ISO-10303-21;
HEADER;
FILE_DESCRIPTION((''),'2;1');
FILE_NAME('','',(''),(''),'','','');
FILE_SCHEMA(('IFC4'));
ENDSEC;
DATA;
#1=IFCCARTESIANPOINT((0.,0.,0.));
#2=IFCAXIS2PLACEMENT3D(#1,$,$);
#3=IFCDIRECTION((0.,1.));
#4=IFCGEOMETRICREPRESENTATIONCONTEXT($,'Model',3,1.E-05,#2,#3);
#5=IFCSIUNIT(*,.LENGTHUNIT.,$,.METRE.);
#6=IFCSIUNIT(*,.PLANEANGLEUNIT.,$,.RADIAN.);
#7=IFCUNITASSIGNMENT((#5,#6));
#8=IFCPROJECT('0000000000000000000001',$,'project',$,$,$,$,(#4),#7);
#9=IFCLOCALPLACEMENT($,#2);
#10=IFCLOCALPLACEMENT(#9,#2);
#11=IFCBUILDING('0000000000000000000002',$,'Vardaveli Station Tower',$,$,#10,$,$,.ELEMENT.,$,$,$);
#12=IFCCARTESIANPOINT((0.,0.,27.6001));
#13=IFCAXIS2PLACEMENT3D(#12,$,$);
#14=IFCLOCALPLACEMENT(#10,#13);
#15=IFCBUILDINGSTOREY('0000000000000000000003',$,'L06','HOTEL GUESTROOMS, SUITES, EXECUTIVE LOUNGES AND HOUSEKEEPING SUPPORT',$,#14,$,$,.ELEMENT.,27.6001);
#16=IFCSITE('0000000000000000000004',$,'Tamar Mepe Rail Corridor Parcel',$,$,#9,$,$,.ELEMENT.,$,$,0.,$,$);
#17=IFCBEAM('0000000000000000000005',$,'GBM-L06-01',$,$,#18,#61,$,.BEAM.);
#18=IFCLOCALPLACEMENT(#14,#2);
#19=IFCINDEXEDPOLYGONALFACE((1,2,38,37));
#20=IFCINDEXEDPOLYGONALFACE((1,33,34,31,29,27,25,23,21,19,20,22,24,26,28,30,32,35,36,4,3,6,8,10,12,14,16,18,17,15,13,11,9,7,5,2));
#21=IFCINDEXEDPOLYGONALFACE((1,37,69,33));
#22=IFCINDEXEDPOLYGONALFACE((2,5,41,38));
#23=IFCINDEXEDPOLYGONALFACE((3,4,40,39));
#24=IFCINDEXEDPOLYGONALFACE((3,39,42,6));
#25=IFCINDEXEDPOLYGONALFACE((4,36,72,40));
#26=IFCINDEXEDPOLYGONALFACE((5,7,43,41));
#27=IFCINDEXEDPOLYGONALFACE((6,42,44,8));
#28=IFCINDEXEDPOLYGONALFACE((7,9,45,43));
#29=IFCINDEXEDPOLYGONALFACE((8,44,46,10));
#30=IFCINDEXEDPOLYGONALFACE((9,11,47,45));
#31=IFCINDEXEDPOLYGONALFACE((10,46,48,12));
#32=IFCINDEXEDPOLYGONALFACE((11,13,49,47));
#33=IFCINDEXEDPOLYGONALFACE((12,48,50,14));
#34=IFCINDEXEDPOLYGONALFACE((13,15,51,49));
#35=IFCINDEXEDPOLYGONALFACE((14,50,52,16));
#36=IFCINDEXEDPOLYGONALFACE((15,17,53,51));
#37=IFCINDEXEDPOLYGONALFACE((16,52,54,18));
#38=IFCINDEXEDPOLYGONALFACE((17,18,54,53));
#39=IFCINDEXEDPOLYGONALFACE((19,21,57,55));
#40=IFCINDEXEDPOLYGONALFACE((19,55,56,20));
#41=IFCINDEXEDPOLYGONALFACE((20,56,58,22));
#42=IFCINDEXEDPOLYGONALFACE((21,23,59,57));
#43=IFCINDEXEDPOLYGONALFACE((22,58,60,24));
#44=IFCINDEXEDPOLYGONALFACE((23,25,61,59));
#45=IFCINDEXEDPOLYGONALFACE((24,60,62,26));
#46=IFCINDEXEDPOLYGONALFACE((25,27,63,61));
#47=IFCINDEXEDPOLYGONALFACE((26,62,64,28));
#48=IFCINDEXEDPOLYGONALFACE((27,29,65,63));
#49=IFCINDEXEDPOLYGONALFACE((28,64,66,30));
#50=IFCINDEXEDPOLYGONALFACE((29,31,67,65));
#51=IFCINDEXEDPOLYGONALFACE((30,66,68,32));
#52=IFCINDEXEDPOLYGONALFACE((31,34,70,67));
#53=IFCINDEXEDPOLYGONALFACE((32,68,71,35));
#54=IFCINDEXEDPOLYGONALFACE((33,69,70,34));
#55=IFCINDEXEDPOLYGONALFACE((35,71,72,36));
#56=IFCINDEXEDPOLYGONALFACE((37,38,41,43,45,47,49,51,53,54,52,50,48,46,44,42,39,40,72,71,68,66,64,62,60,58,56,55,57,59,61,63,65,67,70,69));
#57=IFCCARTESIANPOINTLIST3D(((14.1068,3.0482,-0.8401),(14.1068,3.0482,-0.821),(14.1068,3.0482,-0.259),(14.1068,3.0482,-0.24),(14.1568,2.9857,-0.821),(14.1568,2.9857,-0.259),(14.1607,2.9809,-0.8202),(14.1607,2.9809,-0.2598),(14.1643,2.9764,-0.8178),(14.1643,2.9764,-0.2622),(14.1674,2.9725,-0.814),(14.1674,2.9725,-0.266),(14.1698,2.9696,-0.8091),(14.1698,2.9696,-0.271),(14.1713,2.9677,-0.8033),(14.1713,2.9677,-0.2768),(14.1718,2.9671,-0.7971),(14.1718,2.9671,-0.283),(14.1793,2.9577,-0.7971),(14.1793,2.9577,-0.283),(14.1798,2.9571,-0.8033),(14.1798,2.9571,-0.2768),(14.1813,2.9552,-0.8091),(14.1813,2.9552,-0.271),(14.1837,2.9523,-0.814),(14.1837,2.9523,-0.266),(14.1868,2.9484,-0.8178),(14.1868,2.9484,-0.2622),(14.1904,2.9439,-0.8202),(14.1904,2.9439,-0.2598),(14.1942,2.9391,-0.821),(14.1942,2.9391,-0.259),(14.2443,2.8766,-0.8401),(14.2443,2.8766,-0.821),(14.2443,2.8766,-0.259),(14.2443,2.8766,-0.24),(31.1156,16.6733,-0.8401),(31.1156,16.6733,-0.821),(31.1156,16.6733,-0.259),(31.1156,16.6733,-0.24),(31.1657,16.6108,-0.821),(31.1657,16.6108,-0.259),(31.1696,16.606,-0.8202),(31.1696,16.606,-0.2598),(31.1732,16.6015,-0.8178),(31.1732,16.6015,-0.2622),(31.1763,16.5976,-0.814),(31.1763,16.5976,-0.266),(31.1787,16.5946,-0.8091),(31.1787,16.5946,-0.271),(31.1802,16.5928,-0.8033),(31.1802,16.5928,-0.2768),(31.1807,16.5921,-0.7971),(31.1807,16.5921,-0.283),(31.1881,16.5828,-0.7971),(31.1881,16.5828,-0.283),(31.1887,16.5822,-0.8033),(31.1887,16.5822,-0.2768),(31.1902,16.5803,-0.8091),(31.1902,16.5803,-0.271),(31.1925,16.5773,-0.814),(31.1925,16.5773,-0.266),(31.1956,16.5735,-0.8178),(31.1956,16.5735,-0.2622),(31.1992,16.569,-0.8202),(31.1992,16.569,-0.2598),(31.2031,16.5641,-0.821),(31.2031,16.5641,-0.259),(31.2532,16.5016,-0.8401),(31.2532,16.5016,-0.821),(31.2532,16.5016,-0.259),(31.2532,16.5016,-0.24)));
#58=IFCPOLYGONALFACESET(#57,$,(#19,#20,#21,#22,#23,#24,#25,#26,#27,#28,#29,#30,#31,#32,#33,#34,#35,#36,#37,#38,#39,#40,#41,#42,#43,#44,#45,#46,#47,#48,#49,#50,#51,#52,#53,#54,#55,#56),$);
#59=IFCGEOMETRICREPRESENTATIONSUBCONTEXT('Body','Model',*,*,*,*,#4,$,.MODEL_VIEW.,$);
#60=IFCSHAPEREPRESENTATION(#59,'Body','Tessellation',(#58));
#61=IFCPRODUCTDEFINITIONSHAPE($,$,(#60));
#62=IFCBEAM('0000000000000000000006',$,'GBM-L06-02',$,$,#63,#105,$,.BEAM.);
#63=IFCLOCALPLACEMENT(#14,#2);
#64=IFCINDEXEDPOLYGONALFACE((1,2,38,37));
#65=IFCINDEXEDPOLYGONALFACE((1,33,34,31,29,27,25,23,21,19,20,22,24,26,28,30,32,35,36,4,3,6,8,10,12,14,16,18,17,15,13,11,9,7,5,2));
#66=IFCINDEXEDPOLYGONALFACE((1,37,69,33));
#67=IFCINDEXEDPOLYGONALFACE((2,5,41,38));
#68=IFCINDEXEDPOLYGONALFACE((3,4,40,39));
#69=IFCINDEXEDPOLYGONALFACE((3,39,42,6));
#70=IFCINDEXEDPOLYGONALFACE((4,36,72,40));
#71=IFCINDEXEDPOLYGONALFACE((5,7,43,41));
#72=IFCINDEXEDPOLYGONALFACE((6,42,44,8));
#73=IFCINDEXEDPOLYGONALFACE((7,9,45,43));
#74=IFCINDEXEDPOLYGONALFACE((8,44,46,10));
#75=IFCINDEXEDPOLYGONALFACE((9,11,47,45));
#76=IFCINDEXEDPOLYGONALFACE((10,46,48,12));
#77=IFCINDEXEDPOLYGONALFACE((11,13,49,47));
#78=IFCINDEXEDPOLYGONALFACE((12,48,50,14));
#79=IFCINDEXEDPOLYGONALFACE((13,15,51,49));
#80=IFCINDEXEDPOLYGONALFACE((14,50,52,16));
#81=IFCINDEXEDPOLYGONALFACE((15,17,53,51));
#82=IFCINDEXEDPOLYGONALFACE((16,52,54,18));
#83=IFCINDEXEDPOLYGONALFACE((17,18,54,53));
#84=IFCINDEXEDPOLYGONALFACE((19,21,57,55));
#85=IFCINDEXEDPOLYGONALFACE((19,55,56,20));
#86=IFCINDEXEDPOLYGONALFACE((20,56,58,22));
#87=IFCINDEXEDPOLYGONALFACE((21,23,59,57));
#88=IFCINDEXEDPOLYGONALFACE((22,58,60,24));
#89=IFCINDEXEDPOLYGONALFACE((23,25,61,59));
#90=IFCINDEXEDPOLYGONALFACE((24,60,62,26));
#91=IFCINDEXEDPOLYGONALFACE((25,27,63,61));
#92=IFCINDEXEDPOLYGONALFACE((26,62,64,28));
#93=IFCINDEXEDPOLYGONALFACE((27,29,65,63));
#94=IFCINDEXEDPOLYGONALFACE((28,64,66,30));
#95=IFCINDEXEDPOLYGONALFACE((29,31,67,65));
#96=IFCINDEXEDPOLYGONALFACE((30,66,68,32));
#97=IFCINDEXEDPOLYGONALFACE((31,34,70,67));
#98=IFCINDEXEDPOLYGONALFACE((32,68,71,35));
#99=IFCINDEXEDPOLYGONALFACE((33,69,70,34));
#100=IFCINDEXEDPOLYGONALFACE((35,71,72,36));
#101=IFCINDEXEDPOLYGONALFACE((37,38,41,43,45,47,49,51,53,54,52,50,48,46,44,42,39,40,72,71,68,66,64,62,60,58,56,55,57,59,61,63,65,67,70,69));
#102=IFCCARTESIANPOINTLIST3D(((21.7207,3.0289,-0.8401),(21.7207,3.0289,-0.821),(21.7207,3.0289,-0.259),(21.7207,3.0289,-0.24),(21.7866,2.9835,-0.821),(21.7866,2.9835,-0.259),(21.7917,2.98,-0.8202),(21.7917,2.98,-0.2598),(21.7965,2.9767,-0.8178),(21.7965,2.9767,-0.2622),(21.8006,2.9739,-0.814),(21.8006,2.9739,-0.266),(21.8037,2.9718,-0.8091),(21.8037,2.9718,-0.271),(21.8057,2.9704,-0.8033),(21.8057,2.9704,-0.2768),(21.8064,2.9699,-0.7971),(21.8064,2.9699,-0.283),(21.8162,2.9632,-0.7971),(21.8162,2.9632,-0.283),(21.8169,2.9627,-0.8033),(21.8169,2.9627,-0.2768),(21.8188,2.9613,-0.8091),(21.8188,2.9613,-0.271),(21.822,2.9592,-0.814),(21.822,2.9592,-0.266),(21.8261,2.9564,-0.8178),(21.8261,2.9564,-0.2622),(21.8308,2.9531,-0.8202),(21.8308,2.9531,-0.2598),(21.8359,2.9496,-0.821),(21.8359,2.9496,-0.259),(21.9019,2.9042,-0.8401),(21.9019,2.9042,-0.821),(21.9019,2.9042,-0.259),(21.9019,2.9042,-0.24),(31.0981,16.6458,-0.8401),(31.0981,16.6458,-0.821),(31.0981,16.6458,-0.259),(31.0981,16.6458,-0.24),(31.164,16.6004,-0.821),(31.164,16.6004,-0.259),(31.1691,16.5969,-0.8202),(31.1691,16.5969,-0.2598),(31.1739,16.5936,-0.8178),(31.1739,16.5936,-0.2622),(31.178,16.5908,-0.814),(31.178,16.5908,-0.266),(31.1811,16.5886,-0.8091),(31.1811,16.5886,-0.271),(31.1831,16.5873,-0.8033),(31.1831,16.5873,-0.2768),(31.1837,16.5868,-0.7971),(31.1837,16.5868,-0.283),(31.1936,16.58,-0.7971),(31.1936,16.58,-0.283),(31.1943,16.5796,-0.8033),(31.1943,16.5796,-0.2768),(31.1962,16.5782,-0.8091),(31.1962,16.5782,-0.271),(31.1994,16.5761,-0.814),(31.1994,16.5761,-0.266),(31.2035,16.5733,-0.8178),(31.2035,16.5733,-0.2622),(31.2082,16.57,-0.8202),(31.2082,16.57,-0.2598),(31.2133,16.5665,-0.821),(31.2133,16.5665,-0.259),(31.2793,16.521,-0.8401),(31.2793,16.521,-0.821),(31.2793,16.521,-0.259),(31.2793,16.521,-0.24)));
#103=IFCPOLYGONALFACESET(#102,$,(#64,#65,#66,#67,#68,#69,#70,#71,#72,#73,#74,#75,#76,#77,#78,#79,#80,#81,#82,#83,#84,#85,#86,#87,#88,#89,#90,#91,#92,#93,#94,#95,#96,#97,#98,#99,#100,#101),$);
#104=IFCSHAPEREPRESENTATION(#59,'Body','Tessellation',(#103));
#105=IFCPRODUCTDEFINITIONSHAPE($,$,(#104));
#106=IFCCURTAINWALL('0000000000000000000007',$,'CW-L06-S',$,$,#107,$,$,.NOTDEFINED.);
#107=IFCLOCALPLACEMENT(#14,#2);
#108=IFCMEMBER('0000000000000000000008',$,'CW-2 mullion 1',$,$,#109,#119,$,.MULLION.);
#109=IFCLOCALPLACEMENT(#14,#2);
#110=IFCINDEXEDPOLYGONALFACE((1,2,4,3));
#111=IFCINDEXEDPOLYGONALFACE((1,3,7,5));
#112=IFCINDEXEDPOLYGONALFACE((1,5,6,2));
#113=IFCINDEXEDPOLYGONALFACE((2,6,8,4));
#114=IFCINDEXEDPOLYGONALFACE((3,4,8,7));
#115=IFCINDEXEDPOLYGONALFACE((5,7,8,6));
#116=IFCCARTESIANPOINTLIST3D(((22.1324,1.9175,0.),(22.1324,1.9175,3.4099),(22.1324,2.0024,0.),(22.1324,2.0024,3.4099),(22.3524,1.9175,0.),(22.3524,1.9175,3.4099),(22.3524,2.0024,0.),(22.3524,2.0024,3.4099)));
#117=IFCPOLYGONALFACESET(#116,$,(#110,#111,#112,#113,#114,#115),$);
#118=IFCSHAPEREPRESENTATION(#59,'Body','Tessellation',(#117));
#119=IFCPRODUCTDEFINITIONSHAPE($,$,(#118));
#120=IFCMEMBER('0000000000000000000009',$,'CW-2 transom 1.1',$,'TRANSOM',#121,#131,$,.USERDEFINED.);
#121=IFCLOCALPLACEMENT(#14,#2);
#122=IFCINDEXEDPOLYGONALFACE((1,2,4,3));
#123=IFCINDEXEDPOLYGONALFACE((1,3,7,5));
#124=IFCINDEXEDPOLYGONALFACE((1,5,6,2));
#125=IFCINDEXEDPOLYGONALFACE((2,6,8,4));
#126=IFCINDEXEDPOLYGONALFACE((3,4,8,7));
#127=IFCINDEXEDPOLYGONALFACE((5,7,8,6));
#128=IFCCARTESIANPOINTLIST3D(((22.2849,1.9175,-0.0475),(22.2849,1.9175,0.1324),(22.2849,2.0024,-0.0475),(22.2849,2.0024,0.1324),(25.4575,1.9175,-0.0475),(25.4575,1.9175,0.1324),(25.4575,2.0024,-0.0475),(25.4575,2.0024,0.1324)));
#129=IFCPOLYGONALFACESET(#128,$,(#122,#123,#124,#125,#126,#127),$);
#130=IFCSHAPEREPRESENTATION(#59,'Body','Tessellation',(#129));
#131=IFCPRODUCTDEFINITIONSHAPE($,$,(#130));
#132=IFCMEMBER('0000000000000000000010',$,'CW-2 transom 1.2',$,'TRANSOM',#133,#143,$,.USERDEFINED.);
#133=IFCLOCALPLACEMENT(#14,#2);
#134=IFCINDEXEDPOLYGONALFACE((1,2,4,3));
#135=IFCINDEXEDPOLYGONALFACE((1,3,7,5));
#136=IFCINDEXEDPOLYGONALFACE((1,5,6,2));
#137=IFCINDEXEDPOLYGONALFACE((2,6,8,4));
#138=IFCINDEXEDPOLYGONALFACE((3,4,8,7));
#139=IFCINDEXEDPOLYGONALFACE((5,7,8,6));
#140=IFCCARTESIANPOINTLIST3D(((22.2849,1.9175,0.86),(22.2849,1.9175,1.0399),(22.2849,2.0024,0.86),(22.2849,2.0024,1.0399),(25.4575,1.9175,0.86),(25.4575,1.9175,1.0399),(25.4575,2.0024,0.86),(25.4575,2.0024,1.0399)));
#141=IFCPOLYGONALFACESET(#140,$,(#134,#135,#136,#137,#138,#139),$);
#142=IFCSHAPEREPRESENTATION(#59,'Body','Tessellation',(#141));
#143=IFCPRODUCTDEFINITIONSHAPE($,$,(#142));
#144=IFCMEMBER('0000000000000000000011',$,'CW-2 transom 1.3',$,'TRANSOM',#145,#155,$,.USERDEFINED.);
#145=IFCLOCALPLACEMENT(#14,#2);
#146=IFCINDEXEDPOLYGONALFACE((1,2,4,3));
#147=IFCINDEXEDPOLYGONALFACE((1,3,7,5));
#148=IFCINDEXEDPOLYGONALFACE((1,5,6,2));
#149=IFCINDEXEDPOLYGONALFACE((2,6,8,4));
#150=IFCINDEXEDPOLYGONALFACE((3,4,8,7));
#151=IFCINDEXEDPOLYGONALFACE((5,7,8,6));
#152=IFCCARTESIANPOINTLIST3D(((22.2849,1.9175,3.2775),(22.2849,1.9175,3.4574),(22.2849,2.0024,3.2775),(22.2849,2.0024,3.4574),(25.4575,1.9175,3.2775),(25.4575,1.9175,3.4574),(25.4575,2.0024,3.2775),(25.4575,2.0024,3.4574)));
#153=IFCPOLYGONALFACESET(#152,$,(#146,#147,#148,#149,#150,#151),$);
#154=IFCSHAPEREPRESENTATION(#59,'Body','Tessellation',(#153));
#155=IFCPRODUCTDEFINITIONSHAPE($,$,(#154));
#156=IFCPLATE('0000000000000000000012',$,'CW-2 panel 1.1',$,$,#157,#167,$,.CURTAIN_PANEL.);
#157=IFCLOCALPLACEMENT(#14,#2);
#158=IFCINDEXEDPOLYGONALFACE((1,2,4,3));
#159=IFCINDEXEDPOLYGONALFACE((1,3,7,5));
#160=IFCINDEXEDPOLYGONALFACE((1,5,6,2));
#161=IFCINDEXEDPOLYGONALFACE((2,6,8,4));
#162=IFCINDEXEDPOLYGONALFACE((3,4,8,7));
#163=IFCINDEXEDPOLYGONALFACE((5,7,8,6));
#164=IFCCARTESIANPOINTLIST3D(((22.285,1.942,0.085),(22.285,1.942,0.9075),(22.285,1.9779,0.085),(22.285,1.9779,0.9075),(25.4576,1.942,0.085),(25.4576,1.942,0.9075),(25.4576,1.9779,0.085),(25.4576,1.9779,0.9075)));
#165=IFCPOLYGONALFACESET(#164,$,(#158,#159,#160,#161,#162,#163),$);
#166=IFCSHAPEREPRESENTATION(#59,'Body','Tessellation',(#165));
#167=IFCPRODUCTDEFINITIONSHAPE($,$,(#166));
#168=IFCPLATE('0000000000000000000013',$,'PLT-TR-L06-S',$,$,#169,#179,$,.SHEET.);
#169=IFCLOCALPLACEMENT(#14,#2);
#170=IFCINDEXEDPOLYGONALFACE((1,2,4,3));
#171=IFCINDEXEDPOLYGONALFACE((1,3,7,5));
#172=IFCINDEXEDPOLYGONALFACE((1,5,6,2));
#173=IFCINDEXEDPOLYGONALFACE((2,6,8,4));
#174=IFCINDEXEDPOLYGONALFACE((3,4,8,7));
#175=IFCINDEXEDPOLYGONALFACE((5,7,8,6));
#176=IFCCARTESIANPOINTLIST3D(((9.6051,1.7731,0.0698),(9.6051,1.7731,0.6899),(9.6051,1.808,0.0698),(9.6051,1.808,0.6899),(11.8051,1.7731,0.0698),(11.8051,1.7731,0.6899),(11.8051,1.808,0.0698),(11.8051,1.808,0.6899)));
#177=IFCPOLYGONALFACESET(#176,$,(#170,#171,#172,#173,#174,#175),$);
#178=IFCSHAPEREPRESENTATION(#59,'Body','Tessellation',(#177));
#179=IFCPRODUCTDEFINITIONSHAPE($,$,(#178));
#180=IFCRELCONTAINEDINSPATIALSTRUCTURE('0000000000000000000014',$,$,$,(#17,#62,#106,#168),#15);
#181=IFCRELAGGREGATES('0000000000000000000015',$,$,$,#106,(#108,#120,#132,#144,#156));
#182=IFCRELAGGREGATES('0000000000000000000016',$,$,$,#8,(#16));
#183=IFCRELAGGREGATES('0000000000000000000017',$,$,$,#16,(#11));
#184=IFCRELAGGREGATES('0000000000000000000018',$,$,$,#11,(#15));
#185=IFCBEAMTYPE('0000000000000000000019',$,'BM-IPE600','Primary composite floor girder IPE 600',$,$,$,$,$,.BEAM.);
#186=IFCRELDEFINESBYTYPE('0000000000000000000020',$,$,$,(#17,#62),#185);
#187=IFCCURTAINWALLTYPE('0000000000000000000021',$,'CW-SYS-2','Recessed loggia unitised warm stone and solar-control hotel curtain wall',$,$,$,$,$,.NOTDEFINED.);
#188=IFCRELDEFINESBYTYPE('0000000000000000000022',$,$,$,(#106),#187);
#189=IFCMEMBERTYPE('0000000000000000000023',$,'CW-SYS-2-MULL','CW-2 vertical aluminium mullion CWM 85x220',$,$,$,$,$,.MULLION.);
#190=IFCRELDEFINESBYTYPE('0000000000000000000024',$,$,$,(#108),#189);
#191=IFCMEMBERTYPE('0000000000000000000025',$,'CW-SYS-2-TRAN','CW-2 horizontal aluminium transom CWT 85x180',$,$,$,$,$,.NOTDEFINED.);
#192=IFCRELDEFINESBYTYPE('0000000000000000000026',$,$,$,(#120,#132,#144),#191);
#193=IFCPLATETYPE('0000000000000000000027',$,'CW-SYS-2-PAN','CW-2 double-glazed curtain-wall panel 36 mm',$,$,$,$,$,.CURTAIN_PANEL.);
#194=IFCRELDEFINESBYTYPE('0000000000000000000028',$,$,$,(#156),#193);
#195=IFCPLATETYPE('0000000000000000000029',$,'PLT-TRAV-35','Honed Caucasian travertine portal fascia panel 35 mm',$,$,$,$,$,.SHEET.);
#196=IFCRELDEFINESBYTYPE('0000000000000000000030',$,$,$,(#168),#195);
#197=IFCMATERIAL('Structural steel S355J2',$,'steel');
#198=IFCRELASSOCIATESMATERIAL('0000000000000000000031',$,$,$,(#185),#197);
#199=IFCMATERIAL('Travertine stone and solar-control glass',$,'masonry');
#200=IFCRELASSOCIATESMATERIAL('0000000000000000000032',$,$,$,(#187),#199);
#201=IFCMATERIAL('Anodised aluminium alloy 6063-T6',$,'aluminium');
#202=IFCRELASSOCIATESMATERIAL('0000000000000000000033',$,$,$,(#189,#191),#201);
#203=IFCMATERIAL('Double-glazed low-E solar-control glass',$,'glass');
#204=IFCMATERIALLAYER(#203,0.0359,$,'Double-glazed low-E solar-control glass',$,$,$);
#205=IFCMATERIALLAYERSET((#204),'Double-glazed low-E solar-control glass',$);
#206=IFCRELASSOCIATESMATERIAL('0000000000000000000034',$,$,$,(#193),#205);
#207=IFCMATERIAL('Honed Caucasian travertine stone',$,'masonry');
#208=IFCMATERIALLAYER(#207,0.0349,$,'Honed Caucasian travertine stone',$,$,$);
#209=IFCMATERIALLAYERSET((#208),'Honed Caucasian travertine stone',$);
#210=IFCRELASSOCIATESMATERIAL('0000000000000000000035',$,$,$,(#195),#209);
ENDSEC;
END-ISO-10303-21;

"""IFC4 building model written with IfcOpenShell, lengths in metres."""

from ifc_helpers import new_model, si_unit, direction, frame, origin, origin_2d, place, context, subcontext, project, spatial, rectangle, i_section, extrude, source, transform, mapped, material, layer, layer_set, material_profile, profile_set, type_object, element, aggregate, save


model = new_model("IFC4")

# Units and contexts
model_context = context("Model", 3, precision=1e-05, world=origin(), true_north=direction((0.0, 1.0)))
body_context = subcontext(model_context, "Body", "Model", "MODEL_VIEW")
ifc_project = project(units=[si_unit("LENGTHUNIT", "METRE"), si_unit("PLANEANGLEUNIT", "RADIAN")], contexts=[model_context])

# Site, building, storey
site_placement = place(None, origin())
site = spatial("IfcSite", under=ifc_project, at=site_placement, Name="Tamar Mepe Rail Corridor Parcel", CompositionType="ELEMENT", RefElevation=0.0)
building_placement = place(site_placement, origin())
building = spatial("IfcBuilding", under=site, at=building_placement, Name="Vardaveli Station Tower", CompositionType="ELEMENT")
storey_placement = place(building_placement, frame((0.0, 0.0, 27.6001)))
storey = spatial("IfcBuildingStorey", under=building, at=storey_placement, Name="L06", Description="HOTEL GUESTROOMS, SUITES, EXECUTIVE LOUNGES AND HOUSEKEEPING SUPPORT", CompositionType="ELEMENT", Elevation=27.6001)

# Beams
ifc_material_1 = material(Name="Structural steel S355J2", Category="steel")
ifc_material_profile_1 = material_profile(ifc_material_1, i_section(OverallWidth=0.22, OverallDepth=0.6001, WebThickness=0.012, FlangeThickness=0.019, FilletRadius=0.0239, at=origin_2d()), Name="IPE 600")
ifc_profile_set_1 = profile_set([ifc_material_profile_1], Name="Structural steel S355J2")
beam_type_1 = type_object("IfcBeamType", Name="BM-IPE600", Description="Primary composite floor girder IPE 600", PredefinedType="BEAM", material=ifc_profile_set_1)
shared_shape_1 = source(origin(), body_context, "Body", "SweptSolid", [
    extrude(i_section(OverallWidth=0.22, OverallDepth=0.6001, WebThickness=0.012, FlangeThickness=0.019, FilletRadius=0.0239, at=origin_2d()), origin(), (0.0, 0.0, 1.0), 21.7932),
])
beam_1_placement = place(storey_placement, frame((14.1755, 2.9624, -0.54), z_axis=(0.780466, 0.625198, 0.0), x_axis=(-0.625198, 0.780466, 0.0)))
element("IfcBeam", 1, at=beam_1_placement, inside=storey, type_object=beam_type_1, Name="GBM-L06-01", PredefinedType="BEAM", context=body_context, shape_type="MappedRepresentation", body=[
    mapped(shared_shape_1, transform((0.0, 0.0, 0.0), scale=1.0)),
])
shared_shape_2 = source(origin(), body_context, "Body", "SweptSolid", [
    extrude(i_section(OverallWidth=0.22, OverallDepth=0.6001, WebThickness=0.012, FlangeThickness=0.019, FilletRadius=0.0239, at=origin_2d()), origin(), (0.0, 0.0, 1.0), 16.5334),
])
beam_2_placement = place(storey_placement, frame((21.8113, 2.9666, -0.54), z_axis=(0.567177, 0.823596, 0.0), x_axis=(-0.823596, 0.567177, 0.0)))
element("IfcBeam", 2, at=beam_2_placement, inside=storey, type_object=beam_type_1, Name="GBM-L06-02", PredefinedType="BEAM", context=body_context, shape_type="MappedRepresentation", body=[
    mapped(shared_shape_2, transform((0.0, 0.0, 0.0), scale=1.0)),
])

# Curtain wall, members, plate
ifc_material_2 = material(Name="Travertine stone and solar-control glass", Category="masonry")
curtain_wall_type = type_object("IfcCurtainWallType", Name="CW-SYS-2", Description="Recessed loggia unitised warm stone and solar-control hotel curtain wall", PredefinedType="NOTDEFINED", material=ifc_material_2)
curtain_wall_placement = place(storey_placement, origin())
curtain_wall = element("IfcCurtainWall", 3, at=curtain_wall_placement, inside=storey, type_object=curtain_wall_type, Name="CW-L06-S", PredefinedType="NOTDEFINED")
ifc_material_3 = material(Name="Anodised aluminium alloy 6063-T6", Category="aluminium")
ifc_material_profile_2 = material_profile(ifc_material_3, rectangle(XDim=0.085, YDim=0.22, at=origin_2d()), Name="CWM 85x220")
ifc_profile_set_2 = profile_set([ifc_material_profile_2], Name="Anodised aluminium alloy 6063-T6")
member_type_1 = type_object("IfcMemberType", Name="CW-SYS-2-MULL", Description="CW-2 vertical aluminium mullion CWM 85x220", PredefinedType="MULLION", material=ifc_profile_set_2)
shared_shape_3 = source(origin(), body_context, "Body", "SweptSolid", [
    extrude(rectangle(XDim=0.085, YDim=0.22, at=origin_2d()), origin(), (0.0, 0.0, 1.0), 3.4099),
])
member_1_placement = place(storey_placement, frame((22.2424, 1.96, 0.0), z_axis=(0.0, 0.0, 1.0), x_axis=(0.0, 1.0, 0.0)))
member_1 = element("IfcMember", 4, at=member_1_placement, type_object=member_type_1, Name="CW-2 mullion 1", PredefinedType="MULLION", context=body_context, shape_type="MappedRepresentation", body=[
    mapped(shared_shape_3, transform((0.0, 0.0, 0.0), scale=1.0)),
])
ifc_material_profile_3 = material_profile(ifc_material_3, rectangle(XDim=0.085, YDim=0.1799, at=origin_2d()), Name="CWT 85x180")
ifc_profile_set_3 = profile_set([ifc_material_profile_3], Name="Anodised aluminium alloy 6063-T6")
member_type_2 = type_object("IfcMemberType", Name="CW-SYS-2-TRAN", Description="CW-2 horizontal aluminium transom CWT 85x180", PredefinedType="NOTDEFINED", material=ifc_profile_set_3)
shared_shape_4 = source(origin(), body_context, "Body", "SweptSolid", [
    extrude(rectangle(XDim=0.085, YDim=0.1799, at=origin_2d()), origin(), (0.0, 0.0, 1.0), 3.1726),
])
member_2_placement = place(storey_placement, frame((22.2849, 1.96, 0.0425), z_axis=(1.0, 0.0, 0.0), x_axis=(0.0, 1.0, 0.0)))
member_2 = element("IfcMember", 5, at=member_2_placement, type_object=member_type_2, Name="CW-2 transom 1.1", ObjectType="TRANSOM", PredefinedType="USERDEFINED", context=body_context, shape_type="MappedRepresentation", body=[
    mapped(shared_shape_4, transform((0.0, 0.0, 0.0), scale=1.0)),
])
member_3_placement = place(storey_placement, frame((22.2849, 1.96, 0.95), z_axis=(1.0, 0.0, 0.0), x_axis=(0.0, 1.0, 0.0)))
member_3 = element("IfcMember", 6, at=member_3_placement, type_object=member_type_2, Name="CW-2 transom 1.2", ObjectType="TRANSOM", PredefinedType="USERDEFINED", context=body_context, shape_type="MappedRepresentation", body=[
    mapped(shared_shape_4, transform((0.0, 0.0, 0.0), scale=1.0)),
])
member_4_placement = place(storey_placement, frame((22.2849, 1.96, 3.3674), z_axis=(1.0, 0.0, 0.0), x_axis=(0.0, 1.0, 0.0)))
member_4 = element("IfcMember", 7, at=member_4_placement, type_object=member_type_2, Name="CW-2 transom 1.3", ObjectType="TRANSOM", PredefinedType="USERDEFINED", context=body_context, shape_type="MappedRepresentation", body=[
    mapped(shared_shape_4, transform((0.0, 0.0, 0.0), scale=1.0)),
])
ifc_material_4 = material(Name="Double-glazed low-E solar-control glass", Category="glass")
ifc_layer_1 = layer(ifc_material_4, 0.0359, Name="Double-glazed low-E solar-control glass")
ifc_layer_set_1 = layer_set([ifc_layer_1], Name="Double-glazed low-E solar-control glass")
plate_type_1 = type_object("IfcPlateType", Name="CW-SYS-2-PAN", Description="CW-2 double-glazed curtain-wall panel 36 mm", PredefinedType="CURTAIN_PANEL", material=ifc_layer_set_1)
shared_shape_5 = source(origin(), body_context, "Body", "SweptSolid", [
    extrude(rectangle(XDim=3.1726, YDim=0.0359, at=origin_2d()), origin(), (0.0, 0.0, 1.0), 0.8225),
])
plate_1_placement = place(storey_placement, frame((23.8713, 1.96, 0.085), z_axis=(0.0, 0.0, 1.0), x_axis=(1.0, 0.0, 0.0)))
plate_1 = element("IfcPlate", 8, at=plate_1_placement, type_object=plate_type_1, Name="CW-2 panel 1.1", PredefinedType="CURTAIN_PANEL", context=body_context, shape_type="MappedRepresentation", body=[
    mapped(shared_shape_5, transform((0.0, 0.0, 0.0), scale=1.0)),
])
aggregate(curtain_wall, [member_1, member_2, member_3, member_4, plate_1])

# Plate
ifc_material_5 = material(Name="Honed Caucasian travertine stone", Category="masonry")
ifc_layer_2 = layer(ifc_material_5, 0.0349, Name="Honed Caucasian travertine stone")
ifc_layer_set_2 = layer_set([ifc_layer_2], Name="Honed Caucasian travertine stone")
plate_type_2 = type_object("IfcPlateType", Name="PLT-TRAV-35", Description="Honed Caucasian travertine portal fascia panel 35 mm", PredefinedType="SHEET", material=ifc_layer_set_2)
shared_shape_6 = source(origin(), body_context, "Body", "SweptSolid", [
    extrude(rectangle(XDim=2.2, YDim=0.0349, at=origin_2d()), origin(), (0.0, 0.0, 1.0), 0.6201),
])
plate_2_placement = place(storey_placement, frame((10.7051, 1.7905, 0.0698), z_axis=(0.0, 0.0, 1.0), x_axis=(1.0, 0.0, 0.0)))
element("IfcPlate", 9, at=plate_2_placement, inside=storey, type_object=plate_type_2, Name="PLT-TR-L06-S", PredefinedType="SHEET", context=body_context, shape_type="MappedRepresentation", body=[
    mapped(shared_shape_6, transform((0.0, 0.0, 0.0), scale=1.0)),
])

save(model, "model.ifc")
